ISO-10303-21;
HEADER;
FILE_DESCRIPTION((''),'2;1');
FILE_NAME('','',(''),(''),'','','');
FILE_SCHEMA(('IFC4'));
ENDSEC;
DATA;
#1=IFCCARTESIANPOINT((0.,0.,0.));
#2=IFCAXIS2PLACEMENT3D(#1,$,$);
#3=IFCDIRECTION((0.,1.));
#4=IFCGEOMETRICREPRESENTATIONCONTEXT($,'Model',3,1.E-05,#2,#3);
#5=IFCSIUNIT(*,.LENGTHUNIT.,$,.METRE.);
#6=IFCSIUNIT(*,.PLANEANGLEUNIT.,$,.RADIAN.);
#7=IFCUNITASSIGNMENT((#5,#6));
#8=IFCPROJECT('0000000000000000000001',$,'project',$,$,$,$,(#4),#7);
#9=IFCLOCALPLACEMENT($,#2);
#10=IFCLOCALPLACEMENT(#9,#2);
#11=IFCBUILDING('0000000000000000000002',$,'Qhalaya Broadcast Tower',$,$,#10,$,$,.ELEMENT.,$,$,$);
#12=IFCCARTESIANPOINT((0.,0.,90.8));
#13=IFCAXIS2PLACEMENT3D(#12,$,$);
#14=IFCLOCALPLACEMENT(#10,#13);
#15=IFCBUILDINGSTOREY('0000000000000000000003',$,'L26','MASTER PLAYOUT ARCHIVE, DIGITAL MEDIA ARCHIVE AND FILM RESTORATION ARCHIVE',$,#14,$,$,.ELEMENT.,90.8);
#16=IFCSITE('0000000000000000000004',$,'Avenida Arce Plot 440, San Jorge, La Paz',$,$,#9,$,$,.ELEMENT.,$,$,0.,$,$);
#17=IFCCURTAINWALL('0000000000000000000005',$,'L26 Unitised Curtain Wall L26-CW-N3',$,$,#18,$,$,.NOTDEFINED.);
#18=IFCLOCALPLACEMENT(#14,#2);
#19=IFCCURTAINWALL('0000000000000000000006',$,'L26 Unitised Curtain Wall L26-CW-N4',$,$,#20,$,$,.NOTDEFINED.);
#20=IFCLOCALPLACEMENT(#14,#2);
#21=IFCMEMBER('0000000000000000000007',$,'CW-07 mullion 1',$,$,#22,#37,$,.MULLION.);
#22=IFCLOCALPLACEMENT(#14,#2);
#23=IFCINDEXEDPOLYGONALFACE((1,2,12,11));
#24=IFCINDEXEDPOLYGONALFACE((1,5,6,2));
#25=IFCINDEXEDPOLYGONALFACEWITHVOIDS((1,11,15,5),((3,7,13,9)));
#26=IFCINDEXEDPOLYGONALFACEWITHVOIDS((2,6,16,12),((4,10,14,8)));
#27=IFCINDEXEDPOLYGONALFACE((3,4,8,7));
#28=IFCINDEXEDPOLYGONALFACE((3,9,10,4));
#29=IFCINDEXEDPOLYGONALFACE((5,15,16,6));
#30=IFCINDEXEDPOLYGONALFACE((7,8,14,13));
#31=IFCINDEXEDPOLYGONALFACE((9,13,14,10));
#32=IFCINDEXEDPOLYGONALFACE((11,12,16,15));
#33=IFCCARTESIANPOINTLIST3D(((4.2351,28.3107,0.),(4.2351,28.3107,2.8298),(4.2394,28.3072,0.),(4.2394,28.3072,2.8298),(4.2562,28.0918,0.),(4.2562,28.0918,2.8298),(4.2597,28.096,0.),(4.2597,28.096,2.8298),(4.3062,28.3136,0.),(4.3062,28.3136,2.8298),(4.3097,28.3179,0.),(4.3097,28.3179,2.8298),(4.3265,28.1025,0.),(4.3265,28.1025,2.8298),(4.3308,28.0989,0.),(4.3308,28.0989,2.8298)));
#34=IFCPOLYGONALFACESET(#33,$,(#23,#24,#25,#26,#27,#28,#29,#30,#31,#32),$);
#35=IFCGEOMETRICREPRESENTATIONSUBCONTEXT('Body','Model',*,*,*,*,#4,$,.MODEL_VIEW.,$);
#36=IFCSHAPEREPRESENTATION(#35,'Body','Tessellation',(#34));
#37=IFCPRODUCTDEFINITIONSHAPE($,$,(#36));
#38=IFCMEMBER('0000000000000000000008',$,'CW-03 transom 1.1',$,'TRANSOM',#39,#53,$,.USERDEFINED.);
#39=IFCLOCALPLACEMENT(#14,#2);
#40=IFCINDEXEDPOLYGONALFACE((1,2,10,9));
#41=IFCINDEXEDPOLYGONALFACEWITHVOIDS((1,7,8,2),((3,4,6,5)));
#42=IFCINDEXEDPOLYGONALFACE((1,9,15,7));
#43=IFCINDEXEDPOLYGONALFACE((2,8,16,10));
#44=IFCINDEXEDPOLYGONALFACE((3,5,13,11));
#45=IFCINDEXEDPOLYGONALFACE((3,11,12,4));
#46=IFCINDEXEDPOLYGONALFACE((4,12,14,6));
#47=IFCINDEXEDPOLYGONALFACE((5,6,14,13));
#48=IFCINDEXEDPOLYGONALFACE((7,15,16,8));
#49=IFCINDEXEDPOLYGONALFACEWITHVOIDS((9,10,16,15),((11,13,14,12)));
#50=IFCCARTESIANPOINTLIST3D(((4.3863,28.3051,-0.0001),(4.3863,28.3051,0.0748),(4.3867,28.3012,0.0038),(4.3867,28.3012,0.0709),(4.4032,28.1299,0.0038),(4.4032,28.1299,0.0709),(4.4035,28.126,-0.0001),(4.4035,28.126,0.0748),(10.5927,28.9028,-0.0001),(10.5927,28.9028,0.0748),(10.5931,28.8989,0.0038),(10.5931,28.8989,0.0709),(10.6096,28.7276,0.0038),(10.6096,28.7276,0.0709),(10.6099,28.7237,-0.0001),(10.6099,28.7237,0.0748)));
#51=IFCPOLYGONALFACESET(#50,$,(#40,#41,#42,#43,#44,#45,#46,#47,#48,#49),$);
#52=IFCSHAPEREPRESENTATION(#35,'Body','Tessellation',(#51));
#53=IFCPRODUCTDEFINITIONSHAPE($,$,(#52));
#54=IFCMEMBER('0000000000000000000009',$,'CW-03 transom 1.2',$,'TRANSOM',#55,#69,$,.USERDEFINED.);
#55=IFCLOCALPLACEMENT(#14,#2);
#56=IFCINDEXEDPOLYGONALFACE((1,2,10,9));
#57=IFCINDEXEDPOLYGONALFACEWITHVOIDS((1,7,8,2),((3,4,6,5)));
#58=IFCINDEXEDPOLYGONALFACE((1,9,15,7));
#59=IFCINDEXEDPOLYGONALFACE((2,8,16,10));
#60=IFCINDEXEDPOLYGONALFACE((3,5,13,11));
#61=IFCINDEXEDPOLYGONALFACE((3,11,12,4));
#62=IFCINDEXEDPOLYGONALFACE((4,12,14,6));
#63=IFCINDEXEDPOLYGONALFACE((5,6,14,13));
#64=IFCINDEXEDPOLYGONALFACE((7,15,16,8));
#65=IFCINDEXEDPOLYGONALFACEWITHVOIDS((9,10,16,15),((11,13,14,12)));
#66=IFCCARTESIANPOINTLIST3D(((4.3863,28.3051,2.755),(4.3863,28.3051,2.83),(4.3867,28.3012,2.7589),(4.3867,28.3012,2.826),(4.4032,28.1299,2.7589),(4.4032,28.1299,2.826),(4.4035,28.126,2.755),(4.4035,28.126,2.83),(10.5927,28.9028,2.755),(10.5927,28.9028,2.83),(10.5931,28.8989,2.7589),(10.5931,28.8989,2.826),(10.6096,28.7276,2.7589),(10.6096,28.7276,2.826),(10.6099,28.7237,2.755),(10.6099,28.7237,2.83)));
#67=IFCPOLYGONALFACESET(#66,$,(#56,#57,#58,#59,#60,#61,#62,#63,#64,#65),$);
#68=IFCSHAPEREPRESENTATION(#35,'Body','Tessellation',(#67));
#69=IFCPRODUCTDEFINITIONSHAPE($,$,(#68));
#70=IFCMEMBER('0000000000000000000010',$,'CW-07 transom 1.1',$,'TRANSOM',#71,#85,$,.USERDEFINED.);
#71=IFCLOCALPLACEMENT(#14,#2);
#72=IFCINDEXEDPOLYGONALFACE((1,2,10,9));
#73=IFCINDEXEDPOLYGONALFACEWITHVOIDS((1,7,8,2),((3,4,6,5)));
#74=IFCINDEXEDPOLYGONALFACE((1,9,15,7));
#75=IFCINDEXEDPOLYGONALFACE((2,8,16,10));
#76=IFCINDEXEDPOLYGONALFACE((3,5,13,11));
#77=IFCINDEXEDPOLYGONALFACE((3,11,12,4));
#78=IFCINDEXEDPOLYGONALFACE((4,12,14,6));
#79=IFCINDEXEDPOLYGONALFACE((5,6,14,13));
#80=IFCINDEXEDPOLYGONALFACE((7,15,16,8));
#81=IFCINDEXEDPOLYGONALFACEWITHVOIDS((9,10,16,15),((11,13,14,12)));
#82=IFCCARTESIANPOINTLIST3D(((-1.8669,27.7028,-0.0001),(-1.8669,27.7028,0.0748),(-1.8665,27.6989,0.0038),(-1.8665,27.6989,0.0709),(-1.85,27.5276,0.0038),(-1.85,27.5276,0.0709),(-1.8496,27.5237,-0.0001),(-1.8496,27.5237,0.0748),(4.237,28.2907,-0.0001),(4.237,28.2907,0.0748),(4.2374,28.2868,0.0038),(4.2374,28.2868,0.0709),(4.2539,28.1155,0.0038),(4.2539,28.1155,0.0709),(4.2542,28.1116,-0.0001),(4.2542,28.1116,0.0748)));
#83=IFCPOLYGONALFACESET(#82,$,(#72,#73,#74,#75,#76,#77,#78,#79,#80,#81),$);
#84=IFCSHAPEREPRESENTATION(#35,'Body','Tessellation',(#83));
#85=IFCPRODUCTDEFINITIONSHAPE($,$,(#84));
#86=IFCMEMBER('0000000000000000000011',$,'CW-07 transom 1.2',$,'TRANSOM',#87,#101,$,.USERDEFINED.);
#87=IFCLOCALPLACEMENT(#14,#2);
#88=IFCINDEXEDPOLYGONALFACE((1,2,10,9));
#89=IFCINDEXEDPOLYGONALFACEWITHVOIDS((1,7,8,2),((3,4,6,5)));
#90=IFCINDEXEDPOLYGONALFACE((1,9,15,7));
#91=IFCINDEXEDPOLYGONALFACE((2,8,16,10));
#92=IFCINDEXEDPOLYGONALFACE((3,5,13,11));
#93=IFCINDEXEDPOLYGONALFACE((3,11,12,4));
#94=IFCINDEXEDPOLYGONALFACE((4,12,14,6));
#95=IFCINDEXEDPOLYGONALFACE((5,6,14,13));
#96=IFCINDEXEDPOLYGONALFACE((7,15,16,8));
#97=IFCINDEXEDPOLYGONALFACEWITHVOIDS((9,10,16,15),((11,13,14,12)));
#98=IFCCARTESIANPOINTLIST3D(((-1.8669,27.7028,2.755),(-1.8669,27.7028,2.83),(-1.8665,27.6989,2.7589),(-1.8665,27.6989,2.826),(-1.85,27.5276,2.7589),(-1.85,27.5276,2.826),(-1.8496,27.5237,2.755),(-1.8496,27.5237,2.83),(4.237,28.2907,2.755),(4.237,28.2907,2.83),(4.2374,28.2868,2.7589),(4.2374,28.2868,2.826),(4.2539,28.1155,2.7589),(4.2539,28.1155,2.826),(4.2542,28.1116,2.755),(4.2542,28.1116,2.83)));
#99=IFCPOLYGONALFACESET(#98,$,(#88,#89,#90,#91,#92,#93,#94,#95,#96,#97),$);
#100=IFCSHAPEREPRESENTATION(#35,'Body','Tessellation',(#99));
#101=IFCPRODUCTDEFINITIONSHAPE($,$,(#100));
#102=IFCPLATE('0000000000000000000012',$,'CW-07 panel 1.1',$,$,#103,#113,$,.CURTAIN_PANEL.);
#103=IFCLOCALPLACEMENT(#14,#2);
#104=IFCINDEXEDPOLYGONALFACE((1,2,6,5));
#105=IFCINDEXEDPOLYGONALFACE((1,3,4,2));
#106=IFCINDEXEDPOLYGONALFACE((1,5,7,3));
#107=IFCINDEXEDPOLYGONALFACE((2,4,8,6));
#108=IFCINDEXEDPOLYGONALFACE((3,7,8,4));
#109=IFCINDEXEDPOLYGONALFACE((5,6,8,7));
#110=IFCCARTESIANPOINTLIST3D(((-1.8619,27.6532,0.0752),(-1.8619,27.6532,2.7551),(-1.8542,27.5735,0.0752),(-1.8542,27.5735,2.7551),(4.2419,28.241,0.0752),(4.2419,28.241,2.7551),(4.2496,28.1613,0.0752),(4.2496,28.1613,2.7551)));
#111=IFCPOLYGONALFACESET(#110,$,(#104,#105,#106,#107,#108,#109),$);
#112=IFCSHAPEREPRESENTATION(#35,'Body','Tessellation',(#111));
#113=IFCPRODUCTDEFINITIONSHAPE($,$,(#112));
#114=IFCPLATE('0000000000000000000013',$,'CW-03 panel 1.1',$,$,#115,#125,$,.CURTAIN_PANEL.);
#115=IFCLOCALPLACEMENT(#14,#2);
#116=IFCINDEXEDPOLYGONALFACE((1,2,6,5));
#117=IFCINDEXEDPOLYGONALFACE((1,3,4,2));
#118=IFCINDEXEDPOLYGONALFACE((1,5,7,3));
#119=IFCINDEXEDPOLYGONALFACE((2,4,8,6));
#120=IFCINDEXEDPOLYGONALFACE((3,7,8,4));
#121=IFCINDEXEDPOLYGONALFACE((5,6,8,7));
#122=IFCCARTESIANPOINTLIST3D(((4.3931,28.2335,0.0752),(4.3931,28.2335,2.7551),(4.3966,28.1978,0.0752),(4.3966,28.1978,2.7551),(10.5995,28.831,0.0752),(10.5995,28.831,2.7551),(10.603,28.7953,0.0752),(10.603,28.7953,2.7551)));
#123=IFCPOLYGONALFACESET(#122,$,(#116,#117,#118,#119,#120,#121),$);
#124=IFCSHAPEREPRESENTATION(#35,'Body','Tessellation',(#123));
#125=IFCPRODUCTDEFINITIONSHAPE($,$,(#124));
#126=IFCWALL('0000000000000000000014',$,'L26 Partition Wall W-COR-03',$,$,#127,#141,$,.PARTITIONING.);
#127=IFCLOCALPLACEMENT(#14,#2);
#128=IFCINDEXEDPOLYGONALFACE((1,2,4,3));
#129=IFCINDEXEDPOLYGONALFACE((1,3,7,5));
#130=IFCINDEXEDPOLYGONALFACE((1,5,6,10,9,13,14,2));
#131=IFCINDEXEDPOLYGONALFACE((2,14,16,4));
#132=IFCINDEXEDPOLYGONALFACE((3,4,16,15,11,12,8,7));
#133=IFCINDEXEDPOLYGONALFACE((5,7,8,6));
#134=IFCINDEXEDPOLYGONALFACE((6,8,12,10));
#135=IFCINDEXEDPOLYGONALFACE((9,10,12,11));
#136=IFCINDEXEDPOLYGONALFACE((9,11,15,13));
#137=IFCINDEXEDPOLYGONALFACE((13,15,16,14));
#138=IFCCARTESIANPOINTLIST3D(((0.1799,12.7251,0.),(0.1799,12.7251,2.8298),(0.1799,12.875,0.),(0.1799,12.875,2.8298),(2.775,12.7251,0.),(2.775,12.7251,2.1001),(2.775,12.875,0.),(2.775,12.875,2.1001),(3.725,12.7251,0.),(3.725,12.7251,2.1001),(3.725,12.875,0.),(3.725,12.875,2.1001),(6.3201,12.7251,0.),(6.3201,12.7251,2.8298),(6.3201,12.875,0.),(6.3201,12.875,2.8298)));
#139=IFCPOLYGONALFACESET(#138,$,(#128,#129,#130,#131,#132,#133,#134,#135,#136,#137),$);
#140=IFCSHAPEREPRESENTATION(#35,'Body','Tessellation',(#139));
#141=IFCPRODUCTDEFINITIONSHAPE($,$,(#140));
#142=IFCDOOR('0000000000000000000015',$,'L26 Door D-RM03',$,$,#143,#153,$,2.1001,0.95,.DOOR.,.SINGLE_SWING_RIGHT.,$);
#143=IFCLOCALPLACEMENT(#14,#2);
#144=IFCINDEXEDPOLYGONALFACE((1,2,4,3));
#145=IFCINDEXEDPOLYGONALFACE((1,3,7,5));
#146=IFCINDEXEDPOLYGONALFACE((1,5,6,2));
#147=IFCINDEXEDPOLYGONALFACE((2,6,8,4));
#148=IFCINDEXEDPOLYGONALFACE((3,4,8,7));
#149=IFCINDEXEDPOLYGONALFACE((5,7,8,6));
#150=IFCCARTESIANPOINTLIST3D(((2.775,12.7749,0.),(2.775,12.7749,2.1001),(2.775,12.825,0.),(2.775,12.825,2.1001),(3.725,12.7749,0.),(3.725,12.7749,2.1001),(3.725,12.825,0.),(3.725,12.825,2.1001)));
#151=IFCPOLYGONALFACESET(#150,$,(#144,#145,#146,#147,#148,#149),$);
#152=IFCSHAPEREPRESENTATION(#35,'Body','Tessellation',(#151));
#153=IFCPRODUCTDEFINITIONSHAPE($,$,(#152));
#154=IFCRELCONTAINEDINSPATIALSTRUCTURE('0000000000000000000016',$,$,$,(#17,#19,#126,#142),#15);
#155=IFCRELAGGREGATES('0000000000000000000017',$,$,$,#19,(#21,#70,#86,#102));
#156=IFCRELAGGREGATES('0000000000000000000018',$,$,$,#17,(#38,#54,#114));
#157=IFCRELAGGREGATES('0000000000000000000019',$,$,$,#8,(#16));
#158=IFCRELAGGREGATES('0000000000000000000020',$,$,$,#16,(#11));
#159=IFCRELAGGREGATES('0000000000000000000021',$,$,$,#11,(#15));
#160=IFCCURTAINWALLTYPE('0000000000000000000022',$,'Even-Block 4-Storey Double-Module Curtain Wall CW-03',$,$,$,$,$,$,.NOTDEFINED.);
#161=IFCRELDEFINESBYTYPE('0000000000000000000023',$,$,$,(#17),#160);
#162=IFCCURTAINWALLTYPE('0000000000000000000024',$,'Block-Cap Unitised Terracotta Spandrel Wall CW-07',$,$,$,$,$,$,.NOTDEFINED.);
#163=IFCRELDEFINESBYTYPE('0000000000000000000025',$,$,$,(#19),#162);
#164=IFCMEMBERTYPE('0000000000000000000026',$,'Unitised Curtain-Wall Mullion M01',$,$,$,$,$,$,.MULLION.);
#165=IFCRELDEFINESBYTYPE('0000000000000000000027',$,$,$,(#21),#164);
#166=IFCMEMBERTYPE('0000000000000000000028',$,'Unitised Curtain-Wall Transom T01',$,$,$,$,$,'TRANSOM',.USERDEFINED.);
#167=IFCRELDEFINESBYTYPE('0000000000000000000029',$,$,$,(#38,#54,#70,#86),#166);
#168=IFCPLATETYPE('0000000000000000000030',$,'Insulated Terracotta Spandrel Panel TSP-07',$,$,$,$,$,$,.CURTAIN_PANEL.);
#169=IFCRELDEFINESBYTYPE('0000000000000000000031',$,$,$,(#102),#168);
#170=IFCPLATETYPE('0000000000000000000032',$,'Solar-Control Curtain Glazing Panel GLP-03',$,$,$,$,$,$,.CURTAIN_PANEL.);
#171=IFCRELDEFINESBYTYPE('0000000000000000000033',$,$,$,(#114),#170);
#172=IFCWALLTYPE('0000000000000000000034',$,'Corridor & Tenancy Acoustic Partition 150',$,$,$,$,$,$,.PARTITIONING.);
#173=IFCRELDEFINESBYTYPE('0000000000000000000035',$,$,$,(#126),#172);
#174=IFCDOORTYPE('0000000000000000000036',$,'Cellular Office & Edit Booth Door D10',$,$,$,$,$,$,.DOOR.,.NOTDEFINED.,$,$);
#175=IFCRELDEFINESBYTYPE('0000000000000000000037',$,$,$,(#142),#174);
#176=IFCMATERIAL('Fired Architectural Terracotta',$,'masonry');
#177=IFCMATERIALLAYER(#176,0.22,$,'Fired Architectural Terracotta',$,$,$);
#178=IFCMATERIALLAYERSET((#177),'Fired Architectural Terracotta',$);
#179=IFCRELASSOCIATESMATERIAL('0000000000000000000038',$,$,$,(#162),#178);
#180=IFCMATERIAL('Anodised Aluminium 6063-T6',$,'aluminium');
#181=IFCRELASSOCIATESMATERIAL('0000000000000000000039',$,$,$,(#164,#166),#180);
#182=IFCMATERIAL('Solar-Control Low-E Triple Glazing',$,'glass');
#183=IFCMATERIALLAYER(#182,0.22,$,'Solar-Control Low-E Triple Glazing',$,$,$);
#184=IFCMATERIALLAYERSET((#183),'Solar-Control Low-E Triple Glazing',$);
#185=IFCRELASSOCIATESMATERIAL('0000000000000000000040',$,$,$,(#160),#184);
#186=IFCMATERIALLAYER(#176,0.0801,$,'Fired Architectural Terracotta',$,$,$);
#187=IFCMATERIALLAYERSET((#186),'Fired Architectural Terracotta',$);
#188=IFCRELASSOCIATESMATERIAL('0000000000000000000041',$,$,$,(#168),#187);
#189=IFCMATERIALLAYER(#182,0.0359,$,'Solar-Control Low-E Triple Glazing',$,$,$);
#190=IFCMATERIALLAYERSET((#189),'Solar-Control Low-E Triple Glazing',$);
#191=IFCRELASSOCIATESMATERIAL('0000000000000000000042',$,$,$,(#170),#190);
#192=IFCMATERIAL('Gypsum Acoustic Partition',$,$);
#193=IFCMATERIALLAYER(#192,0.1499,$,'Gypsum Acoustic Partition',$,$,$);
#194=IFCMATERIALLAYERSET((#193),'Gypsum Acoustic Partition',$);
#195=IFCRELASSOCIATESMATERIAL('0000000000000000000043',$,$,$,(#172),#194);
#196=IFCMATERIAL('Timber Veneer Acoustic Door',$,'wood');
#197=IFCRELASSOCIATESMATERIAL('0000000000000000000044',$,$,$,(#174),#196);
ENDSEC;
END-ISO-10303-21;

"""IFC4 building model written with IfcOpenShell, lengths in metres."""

from ifc_helpers import new_model, si_unit, direction, frame, frame_2d, origin, origin_2d, place, context, subcontext, project, spatial, rectangle, hollow_rectangle, extrude, material, layer, layer_set, material_profile, profile_set, type_object, element, fill, aggregate, save


model = new_model("IFC4")

# Units and contexts
model_context = context("Model", 3, precision=1e-05, world=origin(), true_north=direction((0.0, 1.0)))
body_context = subcontext(model_context, "Body", "Model", "MODEL_VIEW")
ifc_project = project(units=[si_unit("LENGTHUNIT", "METRE"), si_unit("PLANEANGLEUNIT", "RADIAN")], contexts=[model_context])

# Site, building, storey
site_placement = place(None, origin())
site = spatial("IfcSite", under=ifc_project, at=site_placement, Name="Avenida Arce Plot 440, San Jorge, La Paz", CompositionType="ELEMENT", RefElevation=0.0)
building_placement = place(site_placement, origin())
building = spatial("IfcBuilding", under=site, at=building_placement, Name="Qhalaya Broadcast Tower", CompositionType="ELEMENT")
storey_placement = place(building_placement, frame((0.0, 0.0, 90.8)))
storey = spatial("IfcBuildingStorey", under=building, at=storey_placement, Name="L26", Description="MASTER PLAYOUT ARCHIVE, DIGITAL MEDIA ARCHIVE AND FILM RESTORATION ARCHIVE", CompositionType="ELEMENT", Elevation=90.8)

# Shared definitions
ifc_material_1 = material(Name="Fired Architectural Terracotta", Category="masonry")
ifc_layer_1 = layer(ifc_material_1, 0.22, Name="Fired Architectural Terracotta")
ifc_layer_set_1 = layer_set([ifc_layer_1], Name="Fired Architectural Terracotta")
curtain_wall_type_1 = type_object("IfcCurtainWallType", Name="Block-Cap Unitised Terracotta Spandrel Wall CW-07", PredefinedType="NOTDEFINED", material=ifc_layer_set_1)
ifc_material_2 = material(Name="Anodised Aluminium 6063-T6", Category="aluminium")
ifc_material_profile_1 = material_profile(ifc_material_2, hollow_rectangle(XDim=0.075, YDim=0.22, WallThickness=0.0039, at=origin_2d()), Name="ALU-MUL 75x220x4")
ifc_profile_set_1 = profile_set([ifc_material_profile_1], Name="Anodised Aluminium 6063-T6")
member_type_1 = type_object("IfcMemberType", Name="Unitised Curtain-Wall Mullion M01", PredefinedType="MULLION", material=ifc_profile_set_1)

# Curtain wall
ifc_material_3 = material(Name="Solar-Control Low-E Triple Glazing", Category="glass")
ifc_layer_2 = layer(ifc_material_3, 0.22, Name="Solar-Control Low-E Triple Glazing")
ifc_layer_set_2 = layer_set([ifc_layer_2], Name="Solar-Control Low-E Triple Glazing")
curtain_wall_type_2 = type_object("IfcCurtainWallType", Name="Even-Block 4-Storey Double-Module Curtain Wall CW-03", PredefinedType="NOTDEFINED", material=ifc_layer_set_2)
curtain_wall_1_placement = place(storey_placement, origin())
curtain_wall_1 = element("IfcCurtainWall", 1, at=curtain_wall_1_placement, inside=storey, type_object=curtain_wall_type_2, Name="L26 Unitised Curtain Wall L26-CW-N3", PredefinedType="NOTDEFINED")

# Curtain wall, member
curtain_wall_2_placement = place(storey_placement, origin())
curtain_wall_2 = element("IfcCurtainWall", 2, at=curtain_wall_2_placement, inside=storey, type_object=curtain_wall_type_1, Name="L26 Unitised Curtain Wall L26-CW-N4", PredefinedType="NOTDEFINED")
member_1_placement = place(storey_placement, frame((4.283, 28.2048, 0.0), z_axis=(0.0, 0.0, 1.0), x_axis=(-0.995395, -0.095861, 0.0)))
member_1 = element("IfcMember", 3, at=member_1_placement, type_object=member_type_1, Name="CW-07 mullion 1", PredefinedType="MULLION", context=body_context, shape_type="SweptSolid", body=[
    extrude(hollow_rectangle(XDim=0.075, YDim=0.22, WallThickness=0.0039, at=origin_2d()), origin(), (0.0, 0.0, 1.0), 2.8298),
])

# Members
ifc_material_profile_2 = material_profile(ifc_material_2, hollow_rectangle(XDim=0.075, YDim=0.1799, WallThickness=0.0039, at=origin_2d()), Name="ALU-TRN 75x180x4")
ifc_profile_set_2 = profile_set([ifc_material_profile_2], Name="Anodised Aluminium 6063-T6")
member_type_2 = type_object("IfcMemberType", Name="Unitised Curtain-Wall Transom T01", ElementType="TRANSOM", PredefinedType="USERDEFINED", material=ifc_profile_set_2)
member_2_placement = place(storey_placement, frame((10.6013, 28.8132, 0.0374), z_axis=(-0.995395, -0.095855, 0.0), x_axis=(0.0, 0.0, 1.0)))
member_2 = element("IfcMember", 4, at=member_2_placement, type_object=member_type_2, Name="CW-03 transom 1.1", ObjectType="TRANSOM", PredefinedType="USERDEFINED", context=body_context, shape_type="SweptSolid", body=[
    extrude(hollow_rectangle(XDim=0.075, YDim=0.1799, WallThickness=0.0039, at=origin_2d()), origin(), (0.0, 0.0, 1.0), 6.2351),
])
member_3_placement = place(storey_placement, frame((10.6013, 28.8132, 2.7925), z_axis=(-0.995395, -0.095855, 0.0), x_axis=(0.0, 0.0, 1.0)))
member_3 = element("IfcMember", 5, at=member_3_placement, type_object=member_type_2, Name="CW-03 transom 1.2", ObjectType="TRANSOM", PredefinedType="USERDEFINED", context=body_context, shape_type="SweptSolid", body=[
    extrude(hollow_rectangle(XDim=0.075, YDim=0.1799, WallThickness=0.0039, at=origin_2d()), origin(), (0.0, 0.0, 1.0), 6.2351),
])
member_4_placement = place(storey_placement, frame((4.2456, 28.2012, 0.0374), z_axis=(-0.995394, -0.095872, 0.0), x_axis=(0.0, 0.0, 1.0)))
member_4 = element("IfcMember", 6, at=member_4_placement, type_object=member_type_2, Name="CW-07 transom 1.1", ObjectType="TRANSOM", PredefinedType="USERDEFINED", context=body_context, shape_type="SweptSolid", body=[
    extrude(hollow_rectangle(XDim=0.075, YDim=0.1799, WallThickness=0.0039, at=origin_2d()), origin(), (0.0, 0.0, 1.0), 6.1321),
])
member_5_placement = place(storey_placement, frame((4.2456, 28.2012, 2.7925), z_axis=(-0.995394, -0.095872, 0.0), x_axis=(0.0, 0.0, 1.0)))
member_5 = element("IfcMember", 7, at=member_5_placement, type_object=member_type_2, Name="CW-07 transom 1.2", ObjectType="TRANSOM", PredefinedType="USERDEFINED", context=body_context, shape_type="SweptSolid", body=[
    extrude(hollow_rectangle(XDim=0.075, YDim=0.1799, WallThickness=0.0039, at=origin_2d()), origin(), (0.0, 0.0, 1.0), 6.1321),
])

# Plates
ifc_layer_3 = layer(ifc_material_1, 0.0801, Name="Fired Architectural Terracotta")
ifc_layer_set_3 = layer_set([ifc_layer_3], Name="Fired Architectural Terracotta")
plate_type_1 = type_object("IfcPlateType", Name="Insulated Terracotta Spandrel Panel TSP-07", PredefinedType="CURTAIN_PANEL", material=ifc_layer_set_3)
plate_1_placement = place(storey_placement, frame((1.1938, 27.9072, 0.0752), z_axis=(0.0, 0.0, 1.0), x_axis=(-0.995395, -0.095861, 0.0)))
plate_1 = element("IfcPlate", 8, at=plate_1_placement, type_object=plate_type_1, Name="CW-07 panel 1.1", PredefinedType="CURTAIN_PANEL", context=body_context, shape_type="SweptSolid", body=[
    extrude(rectangle(XDim=6.1321, YDim=0.0801, at=origin_2d()), origin(), (0.0, 0.0, 1.0), 2.6799),
])
aggregate(curtain_wall_2, [member_1, member_4, member_5, plate_1])
ifc_layer_4 = layer(ifc_material_3, 0.0359, Name="Solar-Control Low-E Triple Glazing")
ifc_layer_set_4 = layer_set([ifc_layer_4], Name="Solar-Control Low-E Triple Glazing")
plate_type_2 = type_object("IfcPlateType", Name="Solar-Control Curtain Glazing Panel GLP-03", PredefinedType="CURTAIN_PANEL", material=ifc_layer_set_4)
plate_2_placement = place(storey_placement, frame((7.498, 28.5144, 0.0752), z_axis=(0.0, 0.0, 1.0), x_axis=(-0.995397, -0.095834, 0.0)))
plate_2 = element("IfcPlate", 9, at=plate_2_placement, type_object=plate_type_2, Name="CW-03 panel 1.1", PredefinedType="CURTAIN_PANEL", context=body_context, shape_type="SweptSolid", body=[
    extrude(rectangle(XDim=6.2351, YDim=0.0359, at=origin_2d()), origin(), (0.0, 0.0, 1.0), 2.6799),
])
aggregate(curtain_wall_1, [member_2, member_3, plate_2])

# Wall, opening, door
ifc_material_4 = material(Name="Gypsum Acoustic Partition")
ifc_layer_5 = layer(ifc_material_4, 0.1499, Name="Gypsum Acoustic Partition")
ifc_layer_set_5 = layer_set([ifc_layer_5], Name="Gypsum Acoustic Partition")
wall_type_1 = type_object("IfcWallType", Name="Corridor & Tenancy Acoustic Partition 150", PredefinedType="PARTITIONING", material=ifc_layer_set_5)
wall_1_placement = place(storey_placement, frame((0.1799, 12.8, 0.0), z_axis=(0.0, 0.0, 1.0), x_axis=(1.0, 0.0, 0.0)))
wall_1 = element("IfcWall", 10, at=wall_1_placement, inside=storey, type_object=wall_type_1, Name="L26 Partition Wall W-COR-03", PredefinedType="PARTITIONING", context=body_context, shape_type="SweptSolid", body=[
    extrude(rectangle(XDim=6.1401, YDim=0.1499, at=frame_2d((3.0701, 0.0))), origin(), (0.0, 0.0, 1.0), 2.8298),
])
opening_1_placement = place(wall_1_placement, frame((2.595, 0.0, 0.0)))
opening_1 = element("IfcOpeningElement", 11, at=opening_1_placement, cuts=wall_1, PredefinedType="OPENING", context=body_context, shape_type="SweptSolid", body=[
    extrude(rectangle(XDim=0.95, YDim=2.1001, at=frame_2d((0.4751, 1.05))), frame((0.0, 0.0869, 0.0), z_axis=(0.0, -1.0, 0.0), x_axis=(1.0, 0.0, 0.0)), (0.0, 0.0, 1.0), 0.1738),
])
ifc_material_5 = material(Name="Timber Veneer Acoustic Door", Category="wood")
door_type = type_object("IfcDoorType", Name="Cellular Office & Edit Booth Door D10", OperationType="NOTDEFINED", PredefinedType="DOOR", material=ifc_material_5)
door_1_placement = place(opening_1_placement, origin())
door_1 = element("IfcDoor", 12, at=door_1_placement, inside=storey, type_object=door_type, Name="L26 Door D-RM03", OperationType="SINGLE_SWING_RIGHT", OverallHeight=2.1001, OverallWidth=0.95, PredefinedType="DOOR", context=body_context, shape_type="SweptSolid", body=[
    extrude(rectangle(XDim=0.95, YDim=2.1001, at=frame_2d((0.4751, 1.05))), frame((0.0, 0.0249, 0.0), z_axis=(0.0, -1.0, 0.0), x_axis=(1.0, 0.0, 0.0)), (0.0, 0.0, 1.0), 0.05),
])
fill(opening_1, door_1)

save(model, "model.ifc")
